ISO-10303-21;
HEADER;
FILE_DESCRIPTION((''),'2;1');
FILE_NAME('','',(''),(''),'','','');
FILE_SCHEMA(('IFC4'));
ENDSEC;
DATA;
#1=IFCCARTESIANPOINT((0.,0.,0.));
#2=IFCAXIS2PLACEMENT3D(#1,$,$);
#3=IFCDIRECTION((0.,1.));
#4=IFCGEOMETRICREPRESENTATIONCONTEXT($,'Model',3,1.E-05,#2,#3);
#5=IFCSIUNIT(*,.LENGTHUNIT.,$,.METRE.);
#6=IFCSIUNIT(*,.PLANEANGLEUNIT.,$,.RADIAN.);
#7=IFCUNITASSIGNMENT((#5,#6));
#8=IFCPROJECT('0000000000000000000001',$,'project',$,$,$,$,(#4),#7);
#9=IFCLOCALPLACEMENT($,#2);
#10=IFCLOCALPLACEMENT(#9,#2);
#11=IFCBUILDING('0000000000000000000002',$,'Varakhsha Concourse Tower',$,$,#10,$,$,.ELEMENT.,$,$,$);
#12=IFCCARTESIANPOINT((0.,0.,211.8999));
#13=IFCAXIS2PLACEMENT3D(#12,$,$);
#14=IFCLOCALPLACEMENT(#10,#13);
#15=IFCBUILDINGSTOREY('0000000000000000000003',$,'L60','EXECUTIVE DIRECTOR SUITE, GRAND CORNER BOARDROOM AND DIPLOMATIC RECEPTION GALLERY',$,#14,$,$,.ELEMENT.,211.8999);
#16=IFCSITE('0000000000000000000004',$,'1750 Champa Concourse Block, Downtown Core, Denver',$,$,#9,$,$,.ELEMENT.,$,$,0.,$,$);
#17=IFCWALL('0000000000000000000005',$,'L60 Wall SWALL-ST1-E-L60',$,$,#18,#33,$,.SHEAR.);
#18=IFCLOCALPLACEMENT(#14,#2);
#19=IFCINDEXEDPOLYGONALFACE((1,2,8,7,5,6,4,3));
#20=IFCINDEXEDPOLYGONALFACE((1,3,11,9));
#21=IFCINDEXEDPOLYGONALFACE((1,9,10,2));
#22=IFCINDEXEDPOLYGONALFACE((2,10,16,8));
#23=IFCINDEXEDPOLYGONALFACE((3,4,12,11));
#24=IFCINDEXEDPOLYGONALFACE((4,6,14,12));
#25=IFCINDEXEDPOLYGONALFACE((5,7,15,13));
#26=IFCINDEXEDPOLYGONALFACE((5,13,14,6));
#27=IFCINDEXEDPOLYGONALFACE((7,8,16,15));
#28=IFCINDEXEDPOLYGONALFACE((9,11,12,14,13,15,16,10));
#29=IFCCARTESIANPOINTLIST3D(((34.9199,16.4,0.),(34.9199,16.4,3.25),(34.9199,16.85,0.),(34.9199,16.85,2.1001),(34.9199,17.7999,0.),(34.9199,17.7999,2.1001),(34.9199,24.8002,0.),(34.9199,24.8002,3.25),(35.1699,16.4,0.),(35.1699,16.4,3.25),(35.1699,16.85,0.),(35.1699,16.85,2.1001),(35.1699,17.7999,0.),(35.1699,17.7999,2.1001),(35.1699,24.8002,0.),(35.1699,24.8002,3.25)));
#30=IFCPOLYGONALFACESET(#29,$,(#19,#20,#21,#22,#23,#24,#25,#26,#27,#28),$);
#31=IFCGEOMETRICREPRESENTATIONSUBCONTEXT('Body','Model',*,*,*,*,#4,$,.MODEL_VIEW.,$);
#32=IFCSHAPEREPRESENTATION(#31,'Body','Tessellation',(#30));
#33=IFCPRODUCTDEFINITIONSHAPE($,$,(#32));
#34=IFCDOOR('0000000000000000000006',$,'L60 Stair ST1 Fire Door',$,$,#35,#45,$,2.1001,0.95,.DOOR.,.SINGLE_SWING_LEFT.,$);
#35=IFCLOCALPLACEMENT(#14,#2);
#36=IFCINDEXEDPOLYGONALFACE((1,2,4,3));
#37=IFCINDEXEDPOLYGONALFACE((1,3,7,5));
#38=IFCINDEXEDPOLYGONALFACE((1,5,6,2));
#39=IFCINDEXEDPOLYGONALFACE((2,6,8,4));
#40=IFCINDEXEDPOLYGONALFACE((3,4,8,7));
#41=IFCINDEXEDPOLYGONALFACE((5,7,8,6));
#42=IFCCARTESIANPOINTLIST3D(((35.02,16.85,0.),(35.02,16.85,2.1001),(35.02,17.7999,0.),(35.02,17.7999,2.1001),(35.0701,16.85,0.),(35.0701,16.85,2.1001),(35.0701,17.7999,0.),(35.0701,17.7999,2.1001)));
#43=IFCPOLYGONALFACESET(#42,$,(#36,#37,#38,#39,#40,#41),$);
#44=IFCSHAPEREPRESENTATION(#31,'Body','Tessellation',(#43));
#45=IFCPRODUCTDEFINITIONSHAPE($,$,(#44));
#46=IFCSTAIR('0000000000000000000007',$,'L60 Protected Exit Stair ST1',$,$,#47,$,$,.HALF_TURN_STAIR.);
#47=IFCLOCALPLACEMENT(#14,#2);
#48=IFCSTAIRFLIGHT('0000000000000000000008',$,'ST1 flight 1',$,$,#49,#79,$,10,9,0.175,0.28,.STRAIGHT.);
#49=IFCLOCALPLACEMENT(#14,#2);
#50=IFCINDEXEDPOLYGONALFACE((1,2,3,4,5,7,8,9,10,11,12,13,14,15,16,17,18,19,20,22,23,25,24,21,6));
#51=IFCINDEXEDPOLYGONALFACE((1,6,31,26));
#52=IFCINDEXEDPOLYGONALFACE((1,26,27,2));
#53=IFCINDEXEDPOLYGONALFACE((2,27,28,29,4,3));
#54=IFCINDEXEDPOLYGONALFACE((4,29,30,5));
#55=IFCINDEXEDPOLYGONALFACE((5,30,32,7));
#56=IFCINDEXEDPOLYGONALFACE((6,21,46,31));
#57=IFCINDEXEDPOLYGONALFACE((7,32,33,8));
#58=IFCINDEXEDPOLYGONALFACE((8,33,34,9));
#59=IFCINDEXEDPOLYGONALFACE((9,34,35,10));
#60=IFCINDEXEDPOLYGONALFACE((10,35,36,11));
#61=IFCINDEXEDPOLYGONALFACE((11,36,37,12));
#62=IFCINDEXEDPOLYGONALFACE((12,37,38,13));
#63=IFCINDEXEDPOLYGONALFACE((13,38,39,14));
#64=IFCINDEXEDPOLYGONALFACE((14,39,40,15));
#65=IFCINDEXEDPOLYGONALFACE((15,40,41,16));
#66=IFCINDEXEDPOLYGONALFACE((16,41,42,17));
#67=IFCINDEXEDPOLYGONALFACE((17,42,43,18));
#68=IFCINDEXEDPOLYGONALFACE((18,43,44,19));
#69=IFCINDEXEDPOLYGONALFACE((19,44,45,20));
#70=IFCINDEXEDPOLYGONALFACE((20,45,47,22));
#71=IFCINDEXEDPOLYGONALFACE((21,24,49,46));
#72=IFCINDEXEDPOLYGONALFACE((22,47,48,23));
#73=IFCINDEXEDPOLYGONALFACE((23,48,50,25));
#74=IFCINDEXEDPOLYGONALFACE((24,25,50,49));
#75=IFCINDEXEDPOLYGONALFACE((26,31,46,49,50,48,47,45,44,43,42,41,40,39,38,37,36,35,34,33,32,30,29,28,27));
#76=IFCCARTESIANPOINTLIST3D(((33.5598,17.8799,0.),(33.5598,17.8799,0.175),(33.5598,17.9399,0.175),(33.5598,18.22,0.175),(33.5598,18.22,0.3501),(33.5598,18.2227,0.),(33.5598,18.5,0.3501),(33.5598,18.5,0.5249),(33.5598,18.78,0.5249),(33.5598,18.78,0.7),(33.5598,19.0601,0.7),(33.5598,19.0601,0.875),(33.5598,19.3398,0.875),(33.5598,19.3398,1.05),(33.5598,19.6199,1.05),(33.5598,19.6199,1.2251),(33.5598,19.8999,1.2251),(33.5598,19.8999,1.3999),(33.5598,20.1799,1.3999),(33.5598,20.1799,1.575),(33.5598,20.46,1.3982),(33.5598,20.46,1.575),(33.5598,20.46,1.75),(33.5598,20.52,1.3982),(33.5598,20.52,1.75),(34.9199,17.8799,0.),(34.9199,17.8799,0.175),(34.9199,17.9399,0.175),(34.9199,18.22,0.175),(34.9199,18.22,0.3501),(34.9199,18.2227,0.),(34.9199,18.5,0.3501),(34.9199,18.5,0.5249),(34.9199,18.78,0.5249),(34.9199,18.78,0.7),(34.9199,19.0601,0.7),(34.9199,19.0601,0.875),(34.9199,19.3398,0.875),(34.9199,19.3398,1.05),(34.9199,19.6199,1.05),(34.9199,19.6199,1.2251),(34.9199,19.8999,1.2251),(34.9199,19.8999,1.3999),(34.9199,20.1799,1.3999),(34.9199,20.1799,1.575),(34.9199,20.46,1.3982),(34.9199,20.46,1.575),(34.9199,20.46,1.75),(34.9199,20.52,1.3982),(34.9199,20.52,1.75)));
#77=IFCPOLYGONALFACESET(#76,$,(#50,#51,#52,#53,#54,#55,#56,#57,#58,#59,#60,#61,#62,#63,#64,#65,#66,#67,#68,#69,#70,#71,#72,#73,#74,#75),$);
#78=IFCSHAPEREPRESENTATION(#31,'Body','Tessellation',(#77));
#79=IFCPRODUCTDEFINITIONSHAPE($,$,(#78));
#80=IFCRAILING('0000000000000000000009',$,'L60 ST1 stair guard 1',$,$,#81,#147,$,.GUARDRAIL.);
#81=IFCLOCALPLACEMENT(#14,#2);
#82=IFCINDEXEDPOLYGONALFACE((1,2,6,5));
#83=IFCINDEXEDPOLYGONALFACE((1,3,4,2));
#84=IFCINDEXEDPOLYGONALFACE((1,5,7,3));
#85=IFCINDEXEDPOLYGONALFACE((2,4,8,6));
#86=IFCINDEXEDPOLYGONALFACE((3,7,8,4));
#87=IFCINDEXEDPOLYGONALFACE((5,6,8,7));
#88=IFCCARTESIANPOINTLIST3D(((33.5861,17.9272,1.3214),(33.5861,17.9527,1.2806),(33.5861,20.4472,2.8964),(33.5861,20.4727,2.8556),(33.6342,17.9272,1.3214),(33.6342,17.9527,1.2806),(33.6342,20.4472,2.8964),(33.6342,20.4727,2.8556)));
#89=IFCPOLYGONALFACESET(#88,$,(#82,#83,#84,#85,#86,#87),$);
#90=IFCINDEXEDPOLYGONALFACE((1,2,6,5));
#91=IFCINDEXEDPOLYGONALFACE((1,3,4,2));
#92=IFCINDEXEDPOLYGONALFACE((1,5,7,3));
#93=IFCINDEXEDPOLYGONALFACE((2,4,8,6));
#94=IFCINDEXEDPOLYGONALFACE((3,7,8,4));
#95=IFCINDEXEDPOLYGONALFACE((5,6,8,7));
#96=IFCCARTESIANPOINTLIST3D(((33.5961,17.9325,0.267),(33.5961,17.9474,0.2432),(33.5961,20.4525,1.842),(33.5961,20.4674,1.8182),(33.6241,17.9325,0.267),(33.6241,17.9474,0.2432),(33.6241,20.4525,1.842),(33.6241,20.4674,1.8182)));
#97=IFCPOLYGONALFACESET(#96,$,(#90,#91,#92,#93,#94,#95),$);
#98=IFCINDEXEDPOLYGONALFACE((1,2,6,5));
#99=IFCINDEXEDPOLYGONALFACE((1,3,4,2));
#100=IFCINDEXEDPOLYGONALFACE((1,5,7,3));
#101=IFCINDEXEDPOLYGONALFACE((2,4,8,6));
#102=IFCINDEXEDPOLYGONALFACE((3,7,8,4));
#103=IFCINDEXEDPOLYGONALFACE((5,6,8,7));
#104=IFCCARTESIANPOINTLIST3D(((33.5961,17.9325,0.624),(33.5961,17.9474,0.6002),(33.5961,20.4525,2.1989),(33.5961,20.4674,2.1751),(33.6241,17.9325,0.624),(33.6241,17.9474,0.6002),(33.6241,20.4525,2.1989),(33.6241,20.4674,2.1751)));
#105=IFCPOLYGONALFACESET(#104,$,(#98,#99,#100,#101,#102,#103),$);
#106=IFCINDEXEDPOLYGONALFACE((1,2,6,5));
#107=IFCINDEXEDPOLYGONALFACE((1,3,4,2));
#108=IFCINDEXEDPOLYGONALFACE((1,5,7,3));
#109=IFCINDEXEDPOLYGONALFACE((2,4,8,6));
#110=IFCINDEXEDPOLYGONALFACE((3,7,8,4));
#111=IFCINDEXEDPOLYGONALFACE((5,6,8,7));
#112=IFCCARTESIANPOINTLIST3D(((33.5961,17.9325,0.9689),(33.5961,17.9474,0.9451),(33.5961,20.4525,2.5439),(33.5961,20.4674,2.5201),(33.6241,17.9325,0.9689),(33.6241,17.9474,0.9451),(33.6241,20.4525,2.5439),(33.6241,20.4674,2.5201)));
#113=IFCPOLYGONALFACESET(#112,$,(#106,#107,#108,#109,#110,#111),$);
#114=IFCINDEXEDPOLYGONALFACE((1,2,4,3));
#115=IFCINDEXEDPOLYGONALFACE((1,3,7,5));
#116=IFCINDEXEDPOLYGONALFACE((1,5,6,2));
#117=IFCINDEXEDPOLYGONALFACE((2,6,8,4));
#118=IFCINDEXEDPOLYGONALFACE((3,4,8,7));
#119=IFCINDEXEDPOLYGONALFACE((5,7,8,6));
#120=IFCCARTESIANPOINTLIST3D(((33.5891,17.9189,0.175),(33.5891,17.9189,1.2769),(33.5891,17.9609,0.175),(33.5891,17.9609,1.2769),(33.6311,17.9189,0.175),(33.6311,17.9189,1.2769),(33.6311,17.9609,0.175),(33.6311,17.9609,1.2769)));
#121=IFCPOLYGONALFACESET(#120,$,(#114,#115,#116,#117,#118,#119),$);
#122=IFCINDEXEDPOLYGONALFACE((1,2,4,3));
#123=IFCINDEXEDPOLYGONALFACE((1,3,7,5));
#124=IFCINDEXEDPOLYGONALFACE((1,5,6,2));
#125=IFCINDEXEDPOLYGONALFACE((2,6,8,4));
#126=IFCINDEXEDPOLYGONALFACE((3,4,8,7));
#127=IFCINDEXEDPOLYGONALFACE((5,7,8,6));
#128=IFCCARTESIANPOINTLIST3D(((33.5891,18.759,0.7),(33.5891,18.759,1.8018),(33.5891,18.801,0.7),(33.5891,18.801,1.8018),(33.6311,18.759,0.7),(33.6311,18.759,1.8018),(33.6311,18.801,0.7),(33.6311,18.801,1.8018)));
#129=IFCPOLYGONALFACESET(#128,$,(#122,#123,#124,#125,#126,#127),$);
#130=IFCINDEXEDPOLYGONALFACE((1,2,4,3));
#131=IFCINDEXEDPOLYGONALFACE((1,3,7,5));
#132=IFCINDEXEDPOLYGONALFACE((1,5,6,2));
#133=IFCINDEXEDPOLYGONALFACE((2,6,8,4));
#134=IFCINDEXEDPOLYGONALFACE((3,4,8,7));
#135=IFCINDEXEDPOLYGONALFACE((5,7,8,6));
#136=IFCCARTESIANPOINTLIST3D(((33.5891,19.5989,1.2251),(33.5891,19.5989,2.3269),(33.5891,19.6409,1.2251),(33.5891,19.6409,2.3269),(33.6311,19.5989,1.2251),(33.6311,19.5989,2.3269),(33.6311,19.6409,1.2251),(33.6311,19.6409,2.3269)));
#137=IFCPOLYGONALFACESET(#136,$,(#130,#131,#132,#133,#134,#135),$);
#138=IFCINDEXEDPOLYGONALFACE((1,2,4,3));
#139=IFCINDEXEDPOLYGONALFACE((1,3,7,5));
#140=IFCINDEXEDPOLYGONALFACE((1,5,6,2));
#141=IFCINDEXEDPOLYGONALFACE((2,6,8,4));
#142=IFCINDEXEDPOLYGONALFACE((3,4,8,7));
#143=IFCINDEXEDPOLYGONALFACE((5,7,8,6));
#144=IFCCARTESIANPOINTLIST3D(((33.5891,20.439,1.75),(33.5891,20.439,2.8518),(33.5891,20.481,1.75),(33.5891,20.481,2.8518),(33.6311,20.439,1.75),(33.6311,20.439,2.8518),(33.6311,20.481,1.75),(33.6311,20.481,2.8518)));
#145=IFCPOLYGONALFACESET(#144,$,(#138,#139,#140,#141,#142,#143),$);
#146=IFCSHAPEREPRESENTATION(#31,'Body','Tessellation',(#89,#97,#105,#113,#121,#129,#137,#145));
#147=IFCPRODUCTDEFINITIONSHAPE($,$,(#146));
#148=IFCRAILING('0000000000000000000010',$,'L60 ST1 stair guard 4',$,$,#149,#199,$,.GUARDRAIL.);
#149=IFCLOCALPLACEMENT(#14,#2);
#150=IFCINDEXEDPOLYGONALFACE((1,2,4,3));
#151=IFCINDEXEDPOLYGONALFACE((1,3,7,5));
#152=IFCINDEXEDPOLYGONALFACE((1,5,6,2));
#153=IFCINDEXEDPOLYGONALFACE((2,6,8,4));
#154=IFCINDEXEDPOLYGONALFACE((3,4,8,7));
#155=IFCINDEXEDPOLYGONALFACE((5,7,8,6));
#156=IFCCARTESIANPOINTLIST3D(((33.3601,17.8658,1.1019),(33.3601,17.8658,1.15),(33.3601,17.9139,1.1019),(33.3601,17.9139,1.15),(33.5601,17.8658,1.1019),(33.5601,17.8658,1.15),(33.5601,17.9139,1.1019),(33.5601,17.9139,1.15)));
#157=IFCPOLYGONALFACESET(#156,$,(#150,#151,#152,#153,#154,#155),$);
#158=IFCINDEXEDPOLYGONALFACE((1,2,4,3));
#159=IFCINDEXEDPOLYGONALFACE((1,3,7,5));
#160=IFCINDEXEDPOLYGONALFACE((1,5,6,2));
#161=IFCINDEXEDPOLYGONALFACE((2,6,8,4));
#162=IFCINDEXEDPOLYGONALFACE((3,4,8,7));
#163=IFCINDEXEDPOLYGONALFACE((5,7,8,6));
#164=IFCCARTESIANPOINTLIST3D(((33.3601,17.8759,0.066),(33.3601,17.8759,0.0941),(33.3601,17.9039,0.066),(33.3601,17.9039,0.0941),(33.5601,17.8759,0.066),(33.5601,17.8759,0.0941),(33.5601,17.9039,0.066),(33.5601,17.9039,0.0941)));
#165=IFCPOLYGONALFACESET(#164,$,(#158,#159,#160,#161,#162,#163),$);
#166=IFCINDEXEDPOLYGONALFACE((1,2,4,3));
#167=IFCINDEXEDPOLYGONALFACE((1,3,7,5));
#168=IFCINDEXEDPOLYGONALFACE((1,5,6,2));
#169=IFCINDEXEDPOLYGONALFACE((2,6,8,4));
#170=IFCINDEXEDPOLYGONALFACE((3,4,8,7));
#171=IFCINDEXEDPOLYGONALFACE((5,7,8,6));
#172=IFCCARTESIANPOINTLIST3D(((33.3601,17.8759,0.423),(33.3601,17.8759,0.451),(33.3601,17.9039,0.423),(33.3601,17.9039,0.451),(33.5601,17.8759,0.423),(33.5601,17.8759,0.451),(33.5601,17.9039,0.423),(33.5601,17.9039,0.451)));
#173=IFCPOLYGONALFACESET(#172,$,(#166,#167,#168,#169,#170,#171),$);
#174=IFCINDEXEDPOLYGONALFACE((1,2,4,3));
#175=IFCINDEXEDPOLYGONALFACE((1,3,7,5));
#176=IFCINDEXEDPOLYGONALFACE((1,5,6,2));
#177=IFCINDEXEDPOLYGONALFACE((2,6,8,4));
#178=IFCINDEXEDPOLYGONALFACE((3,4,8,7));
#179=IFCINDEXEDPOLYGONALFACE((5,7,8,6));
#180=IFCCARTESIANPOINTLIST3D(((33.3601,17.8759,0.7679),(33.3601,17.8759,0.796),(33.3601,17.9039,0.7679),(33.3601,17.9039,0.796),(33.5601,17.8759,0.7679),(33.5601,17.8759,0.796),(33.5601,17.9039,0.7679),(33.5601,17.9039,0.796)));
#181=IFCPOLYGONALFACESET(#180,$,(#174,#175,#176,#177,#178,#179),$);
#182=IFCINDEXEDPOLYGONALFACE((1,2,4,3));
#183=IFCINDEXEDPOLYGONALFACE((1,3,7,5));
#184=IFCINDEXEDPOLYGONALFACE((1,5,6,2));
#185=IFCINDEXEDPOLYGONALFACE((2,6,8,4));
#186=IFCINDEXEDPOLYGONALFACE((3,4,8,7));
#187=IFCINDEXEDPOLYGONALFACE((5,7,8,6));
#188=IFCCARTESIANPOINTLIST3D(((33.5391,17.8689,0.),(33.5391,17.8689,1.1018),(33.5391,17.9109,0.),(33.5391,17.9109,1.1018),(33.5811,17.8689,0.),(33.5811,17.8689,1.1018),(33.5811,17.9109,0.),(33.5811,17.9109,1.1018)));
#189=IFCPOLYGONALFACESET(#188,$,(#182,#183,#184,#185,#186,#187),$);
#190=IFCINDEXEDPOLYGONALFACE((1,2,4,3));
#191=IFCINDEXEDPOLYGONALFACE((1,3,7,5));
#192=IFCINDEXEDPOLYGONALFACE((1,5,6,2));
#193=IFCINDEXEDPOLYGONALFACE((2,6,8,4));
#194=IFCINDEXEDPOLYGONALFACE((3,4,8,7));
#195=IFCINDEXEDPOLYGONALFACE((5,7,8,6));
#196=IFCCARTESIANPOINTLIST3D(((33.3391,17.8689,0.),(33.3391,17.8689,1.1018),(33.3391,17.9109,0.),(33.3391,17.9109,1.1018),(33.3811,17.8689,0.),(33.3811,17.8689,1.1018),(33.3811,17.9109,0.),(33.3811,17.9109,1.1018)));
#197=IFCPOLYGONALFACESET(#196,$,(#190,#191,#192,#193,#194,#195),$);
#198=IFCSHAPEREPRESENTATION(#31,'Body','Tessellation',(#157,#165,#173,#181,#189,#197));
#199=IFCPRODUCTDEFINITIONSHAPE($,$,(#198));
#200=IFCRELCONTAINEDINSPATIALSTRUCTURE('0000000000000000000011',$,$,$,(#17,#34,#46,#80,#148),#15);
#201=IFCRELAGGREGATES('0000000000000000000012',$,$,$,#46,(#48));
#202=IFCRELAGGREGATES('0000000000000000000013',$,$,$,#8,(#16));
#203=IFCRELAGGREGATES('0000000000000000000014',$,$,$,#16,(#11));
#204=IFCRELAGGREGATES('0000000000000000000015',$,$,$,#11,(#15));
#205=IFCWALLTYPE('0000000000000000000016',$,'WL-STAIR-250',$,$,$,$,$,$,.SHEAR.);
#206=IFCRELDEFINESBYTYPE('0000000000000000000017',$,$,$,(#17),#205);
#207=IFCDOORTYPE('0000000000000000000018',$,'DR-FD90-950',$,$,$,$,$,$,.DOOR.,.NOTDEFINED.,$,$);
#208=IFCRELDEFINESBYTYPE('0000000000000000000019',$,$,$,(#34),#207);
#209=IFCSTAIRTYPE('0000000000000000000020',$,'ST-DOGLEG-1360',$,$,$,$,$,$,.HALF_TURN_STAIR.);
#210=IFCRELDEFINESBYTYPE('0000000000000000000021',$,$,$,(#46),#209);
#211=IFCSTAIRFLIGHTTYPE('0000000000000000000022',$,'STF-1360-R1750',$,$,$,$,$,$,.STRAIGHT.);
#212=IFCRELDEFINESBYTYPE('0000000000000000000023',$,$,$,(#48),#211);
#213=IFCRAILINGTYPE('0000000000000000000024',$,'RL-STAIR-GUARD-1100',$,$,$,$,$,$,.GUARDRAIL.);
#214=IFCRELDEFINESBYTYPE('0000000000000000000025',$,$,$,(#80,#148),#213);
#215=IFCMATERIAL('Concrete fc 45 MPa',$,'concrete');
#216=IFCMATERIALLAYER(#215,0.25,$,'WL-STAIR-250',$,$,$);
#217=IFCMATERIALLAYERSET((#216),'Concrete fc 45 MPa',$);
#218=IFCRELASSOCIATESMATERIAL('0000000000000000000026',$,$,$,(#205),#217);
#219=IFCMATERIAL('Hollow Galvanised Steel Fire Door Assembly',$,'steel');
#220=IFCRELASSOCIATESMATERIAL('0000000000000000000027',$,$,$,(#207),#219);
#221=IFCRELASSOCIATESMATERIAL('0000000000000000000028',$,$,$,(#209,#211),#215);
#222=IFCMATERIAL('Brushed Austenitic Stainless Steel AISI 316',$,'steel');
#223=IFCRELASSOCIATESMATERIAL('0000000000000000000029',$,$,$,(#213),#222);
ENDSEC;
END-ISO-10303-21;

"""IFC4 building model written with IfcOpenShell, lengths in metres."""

from ifc_helpers import new_model, si_unit, direction, frame, frame_2d, origin, origin_2d, place, context, subcontext, project, spatial, polyline, rectangle, outline, extrude, material, layer, layer_set, type_object, element, fill, aggregate, save


model = new_model("IFC4")

# Units and contexts
model_context = context("Model", 3, precision=1e-05, world=origin(), true_north=direction((0.0, 1.0)))
body_context = subcontext(model_context, "Body", "Model", "MODEL_VIEW")
ifc_project = project(units=[si_unit("LENGTHUNIT", "METRE"), si_unit("PLANEANGLEUNIT", "RADIAN")], contexts=[model_context])

# Site, building, storey
site_placement = place(None, origin())
site = spatial("IfcSite", under=ifc_project, at=site_placement, Name="1750 Champa Concourse Block, Downtown Core, Denver", CompositionType="ELEMENT", RefElevation=0.0)
building_placement = place(site_placement, origin())
building = spatial("IfcBuilding", under=site, at=building_placement, Name="Varakhsha Concourse Tower", CompositionType="ELEMENT")
storey_placement = place(building_placement, frame((0.0, 0.0, 211.8999)))
storey = spatial("IfcBuildingStorey", under=building, at=storey_placement, Name="L60", Description="EXECUTIVE DIRECTOR SUITE, GRAND CORNER BOARDROOM AND DIPLOMATIC RECEPTION GALLERY", CompositionType="ELEMENT", Elevation=211.8999)

# Shared definitions
ifc_material_1 = material(Name="Hollow Galvanised Steel Fire Door Assembly", Category="steel")

# Wall, opening, door
ifc_material_2 = material(Name="Concrete fc 45 MPa", Category="concrete")
ifc_layer_1 = layer(ifc_material_2, 0.25, Name="WL-STAIR-250")
ifc_layer_set_1 = layer_set([ifc_layer_1], Name="Concrete fc 45 MPa")
wall_type_1 = type_object("IfcWallType", Name="WL-STAIR-250", PredefinedType="SHEAR", material=ifc_layer_set_1)
wall_1_placement = place(storey_placement, frame((35.0449, 16.3999, 0.0), z_axis=(0.0, 0.0, 1.0), x_axis=(0.0, 1.0, 0.0)))
wall_1 = element("IfcWall", 1, at=wall_1_placement, inside=storey, type_object=wall_type_1, Name="L60 Wall SWALL-ST1-E-L60", PredefinedType="SHEAR", context=body_context, shape_type="SweptSolid", body=[
    extrude(rectangle(XDim=8.4001, YDim=0.25, at=frame_2d((4.2002, 0.0))), origin(), (0.0, 0.0, 1.0), 3.25),
])
opening_1_placement = place(wall_1_placement, frame((0.45, 0.0, 0.0)))
opening_1 = element("IfcOpeningElement", 2, at=opening_1_placement, cuts=wall_1, PredefinedType="OPENING", context=body_context, shape_type="SweptSolid", body=[
    extrude(rectangle(XDim=0.95, YDim=2.1001, at=frame_2d((0.4751, 1.05))), frame((0.0, 0.135, 0.0), z_axis=(0.0, -1.0, 0.0), x_axis=(1.0, 0.0, 0.0)), (0.0, 0.0, 1.0), 0.27),
])
door_type_1 = type_object("IfcDoorType", Name="DR-FD90-950", OperationType="NOTDEFINED", PredefinedType="DOOR", material=ifc_material_1)
door_1_placement = place(opening_1_placement, origin())
door_1 = element("IfcDoor", 3, at=door_1_placement, inside=storey, type_object=door_type_1, Name="L60 Stair ST1 Fire Door", OperationType="SINGLE_SWING_LEFT", OverallHeight=2.1001, OverallWidth=0.95, PredefinedType="DOOR", context=body_context, shape_type="SweptSolid", body=[
    extrude(rectangle(XDim=0.95, YDim=2.1001, at=frame_2d((0.4751, 1.05))), frame((0.0, 0.0249, 0.0), z_axis=(0.0, -1.0, 0.0), x_axis=(1.0, 0.0, 0.0)), (0.0, 0.0, 1.0), 0.05),
])
fill(opening_1, door_1)

# Stair, stair flight
stair_type = type_object("IfcStairType", Name="ST-DOGLEG-1360", PredefinedType="HALF_TURN_STAIR", material=ifc_material_2)
stair_placement = place(storey_placement, origin())
stair = element("IfcStair", 4, at=stair_placement, inside=storey, type_object=stair_type, Name="L60 Protected Exit Stair ST1", PredefinedType="HALF_TURN_STAIR")
stair_flight_type = type_object("IfcStairFlightType", Name="STF-1360-R1750", PredefinedType="STRAIGHT", material=ifc_material_2)
stair_flight_placement = place(storey_placement, frame((34.24, 17.9399, 0.0), z_axis=(0.0, 0.0, 1.0), x_axis=(0.0, 1.0, 0.0)))
stair_flight = element("IfcStairFlight", 5, at=stair_flight_placement, type_object=stair_flight_type, Name="ST1 flight 1", NumberOfRisers=10, NumberOfTreads=9, PredefinedType="STRAIGHT", RiserHeight=0.175, TreadLength=0.28, context=body_context, shape_type="SweptSolid", body=[
    extrude(outline(polyline([(-0.0601, 0.0), (-0.0601, 0.175), (0.0, 0.175), (0.28, 0.175), (0.28, 0.3501), (0.5601, 0.3501), (0.5601, 0.5249), (0.8401, 0.5249), (0.8401, 0.7), (1.1201, 0.7), (1.1201, 0.875), (1.3999, 0.875), (1.3999, 1.05), (1.6799, 1.05), (1.6799, 1.2251), (1.96, 1.2251), (1.96, 1.3999), (2.24, 1.3999), (2.24, 1.575), (2.52, 1.575), (2.52, 1.75), (2.5801, 1.75), (2.5801, 1.3982), (2.52, 1.3982), (0.2827, 0.0), (-0.0601, 0.0)])), frame((0.0, 0.6802, 0.0), z_axis=(0.0, -1.0, 0.0), x_axis=(1.0, 0.0, 0.0)), (0.0, 0.0, 1.0), 1.3601),
])
aggregate(stair, [stair_flight])

# Railings
ifc_material_3 = material(Name="Brushed Austenitic Stainless Steel AISI 316", Category="steel")
railing_type_1 = type_object("IfcRailingType", Name="RL-STAIR-GUARD-1100", PredefinedType="GUARDRAIL", material=ifc_material_3)
railing_1_placement = place(storey_placement, frame((33.6101, 17.9399, 0.175)))
element("IfcRailing", 6, at=railing_1_placement, inside=storey, type_object=railing_type_1, Name="L60 ST1 stair guard 1", PredefinedType="GUARDRAIL", context=body_context, shape_type="SweptSolid", body=[
    extrude(rectangle(XDim=0.0481, YDim=0.0481, at=origin_2d()), frame((0.0, 0.0, 1.126), z_axis=(0.0, 0.848008, 0.529984), x_axis=(-1.0, 0.0, 0.0)), (0.0, 0.0, 1.0), 2.9717),
    extrude(rectangle(XDim=0.0281, YDim=0.0281, at=origin_2d()), frame((0.0, 0.0, 0.0801), z_axis=(0.0, 0.848008, 0.529984), x_axis=(-1.0, 0.0, 0.0)), (0.0, 0.0, 1.0), 2.9717),
    extrude(rectangle(XDim=0.0281, YDim=0.0281, at=origin_2d()), frame((0.0, 0.0, 0.437), z_axis=(0.0, 0.848008, 0.529984), x_axis=(-1.0, 0.0, 0.0)), (0.0, 0.0, 1.0), 2.9717),
    extrude(rectangle(XDim=0.0281, YDim=0.0281, at=origin_2d()), frame((0.0, 0.0, 0.782), z_axis=(0.0, 0.848008, 0.529984), x_axis=(-1.0, 0.0, 0.0)), (0.0, 0.0, 1.0), 2.9717),
    extrude(rectangle(XDim=0.042, YDim=0.042, at=origin_2d()), origin(), (0.0, 0.0, 1.0), 1.1018),
    extrude(rectangle(XDim=0.042, YDim=0.042, at=origin_2d()), frame((0.0, 0.8401, 0.5249)), (0.0, 0.0, 1.0), 1.1018),
    extrude(rectangle(XDim=0.042, YDim=0.042, at=origin_2d()), frame((0.0, 1.6799, 1.05)), (0.0, 0.0, 1.0), 1.1018),
    extrude(rectangle(XDim=0.042, YDim=0.042, at=origin_2d()), frame((0.0, 2.52, 1.575)), (0.0, 0.0, 1.0), 1.1018),
])
railing_2_placement = place(storey_placement, frame((33.5601, 17.8899, 0.0)))
element("IfcRailing", 7, at=railing_2_placement, inside=storey, type_object=railing_type_1, Name="L60 ST1 stair guard 4", PredefinedType="GUARDRAIL", context=body_context, shape_type="SweptSolid", body=[
    extrude(rectangle(XDim=0.0481, YDim=0.0481, at=origin_2d()), frame((0.0, 0.0, 1.126), z_axis=(-1.0, 0.0, 0.0), x_axis=(0.0, -1.0, 0.0)), (0.0, 0.0, 1.0), 0.2),
    extrude(rectangle(XDim=0.0281, YDim=0.0281, at=origin_2d()), frame((0.0, 0.0, 0.0801), z_axis=(-1.0, 0.0, 0.0), x_axis=(0.0, -1.0, 0.0)), (0.0, 0.0, 1.0), 0.2),
    extrude(rectangle(XDim=0.0281, YDim=0.0281, at=origin_2d()), frame((0.0, 0.0, 0.437), z_axis=(-1.0, 0.0, 0.0), x_axis=(0.0, -1.0, 0.0)), (0.0, 0.0, 1.0), 0.2),
    extrude(rectangle(XDim=0.0281, YDim=0.0281, at=origin_2d()), frame((0.0, 0.0, 0.782), z_axis=(-1.0, 0.0, 0.0), x_axis=(0.0, -1.0, 0.0)), (0.0, 0.0, 1.0), 0.2),
    extrude(rectangle(XDim=0.042, YDim=0.042, at=origin_2d()), origin(), (0.0, 0.0, 1.0), 1.1018),
    extrude(rectangle(XDim=0.042, YDim=0.042, at=origin_2d()), frame((-0.2, 0.0, 0.0)), (0.0, 0.0, 1.0), 1.1018),
])

save(model, "model.ifc")
